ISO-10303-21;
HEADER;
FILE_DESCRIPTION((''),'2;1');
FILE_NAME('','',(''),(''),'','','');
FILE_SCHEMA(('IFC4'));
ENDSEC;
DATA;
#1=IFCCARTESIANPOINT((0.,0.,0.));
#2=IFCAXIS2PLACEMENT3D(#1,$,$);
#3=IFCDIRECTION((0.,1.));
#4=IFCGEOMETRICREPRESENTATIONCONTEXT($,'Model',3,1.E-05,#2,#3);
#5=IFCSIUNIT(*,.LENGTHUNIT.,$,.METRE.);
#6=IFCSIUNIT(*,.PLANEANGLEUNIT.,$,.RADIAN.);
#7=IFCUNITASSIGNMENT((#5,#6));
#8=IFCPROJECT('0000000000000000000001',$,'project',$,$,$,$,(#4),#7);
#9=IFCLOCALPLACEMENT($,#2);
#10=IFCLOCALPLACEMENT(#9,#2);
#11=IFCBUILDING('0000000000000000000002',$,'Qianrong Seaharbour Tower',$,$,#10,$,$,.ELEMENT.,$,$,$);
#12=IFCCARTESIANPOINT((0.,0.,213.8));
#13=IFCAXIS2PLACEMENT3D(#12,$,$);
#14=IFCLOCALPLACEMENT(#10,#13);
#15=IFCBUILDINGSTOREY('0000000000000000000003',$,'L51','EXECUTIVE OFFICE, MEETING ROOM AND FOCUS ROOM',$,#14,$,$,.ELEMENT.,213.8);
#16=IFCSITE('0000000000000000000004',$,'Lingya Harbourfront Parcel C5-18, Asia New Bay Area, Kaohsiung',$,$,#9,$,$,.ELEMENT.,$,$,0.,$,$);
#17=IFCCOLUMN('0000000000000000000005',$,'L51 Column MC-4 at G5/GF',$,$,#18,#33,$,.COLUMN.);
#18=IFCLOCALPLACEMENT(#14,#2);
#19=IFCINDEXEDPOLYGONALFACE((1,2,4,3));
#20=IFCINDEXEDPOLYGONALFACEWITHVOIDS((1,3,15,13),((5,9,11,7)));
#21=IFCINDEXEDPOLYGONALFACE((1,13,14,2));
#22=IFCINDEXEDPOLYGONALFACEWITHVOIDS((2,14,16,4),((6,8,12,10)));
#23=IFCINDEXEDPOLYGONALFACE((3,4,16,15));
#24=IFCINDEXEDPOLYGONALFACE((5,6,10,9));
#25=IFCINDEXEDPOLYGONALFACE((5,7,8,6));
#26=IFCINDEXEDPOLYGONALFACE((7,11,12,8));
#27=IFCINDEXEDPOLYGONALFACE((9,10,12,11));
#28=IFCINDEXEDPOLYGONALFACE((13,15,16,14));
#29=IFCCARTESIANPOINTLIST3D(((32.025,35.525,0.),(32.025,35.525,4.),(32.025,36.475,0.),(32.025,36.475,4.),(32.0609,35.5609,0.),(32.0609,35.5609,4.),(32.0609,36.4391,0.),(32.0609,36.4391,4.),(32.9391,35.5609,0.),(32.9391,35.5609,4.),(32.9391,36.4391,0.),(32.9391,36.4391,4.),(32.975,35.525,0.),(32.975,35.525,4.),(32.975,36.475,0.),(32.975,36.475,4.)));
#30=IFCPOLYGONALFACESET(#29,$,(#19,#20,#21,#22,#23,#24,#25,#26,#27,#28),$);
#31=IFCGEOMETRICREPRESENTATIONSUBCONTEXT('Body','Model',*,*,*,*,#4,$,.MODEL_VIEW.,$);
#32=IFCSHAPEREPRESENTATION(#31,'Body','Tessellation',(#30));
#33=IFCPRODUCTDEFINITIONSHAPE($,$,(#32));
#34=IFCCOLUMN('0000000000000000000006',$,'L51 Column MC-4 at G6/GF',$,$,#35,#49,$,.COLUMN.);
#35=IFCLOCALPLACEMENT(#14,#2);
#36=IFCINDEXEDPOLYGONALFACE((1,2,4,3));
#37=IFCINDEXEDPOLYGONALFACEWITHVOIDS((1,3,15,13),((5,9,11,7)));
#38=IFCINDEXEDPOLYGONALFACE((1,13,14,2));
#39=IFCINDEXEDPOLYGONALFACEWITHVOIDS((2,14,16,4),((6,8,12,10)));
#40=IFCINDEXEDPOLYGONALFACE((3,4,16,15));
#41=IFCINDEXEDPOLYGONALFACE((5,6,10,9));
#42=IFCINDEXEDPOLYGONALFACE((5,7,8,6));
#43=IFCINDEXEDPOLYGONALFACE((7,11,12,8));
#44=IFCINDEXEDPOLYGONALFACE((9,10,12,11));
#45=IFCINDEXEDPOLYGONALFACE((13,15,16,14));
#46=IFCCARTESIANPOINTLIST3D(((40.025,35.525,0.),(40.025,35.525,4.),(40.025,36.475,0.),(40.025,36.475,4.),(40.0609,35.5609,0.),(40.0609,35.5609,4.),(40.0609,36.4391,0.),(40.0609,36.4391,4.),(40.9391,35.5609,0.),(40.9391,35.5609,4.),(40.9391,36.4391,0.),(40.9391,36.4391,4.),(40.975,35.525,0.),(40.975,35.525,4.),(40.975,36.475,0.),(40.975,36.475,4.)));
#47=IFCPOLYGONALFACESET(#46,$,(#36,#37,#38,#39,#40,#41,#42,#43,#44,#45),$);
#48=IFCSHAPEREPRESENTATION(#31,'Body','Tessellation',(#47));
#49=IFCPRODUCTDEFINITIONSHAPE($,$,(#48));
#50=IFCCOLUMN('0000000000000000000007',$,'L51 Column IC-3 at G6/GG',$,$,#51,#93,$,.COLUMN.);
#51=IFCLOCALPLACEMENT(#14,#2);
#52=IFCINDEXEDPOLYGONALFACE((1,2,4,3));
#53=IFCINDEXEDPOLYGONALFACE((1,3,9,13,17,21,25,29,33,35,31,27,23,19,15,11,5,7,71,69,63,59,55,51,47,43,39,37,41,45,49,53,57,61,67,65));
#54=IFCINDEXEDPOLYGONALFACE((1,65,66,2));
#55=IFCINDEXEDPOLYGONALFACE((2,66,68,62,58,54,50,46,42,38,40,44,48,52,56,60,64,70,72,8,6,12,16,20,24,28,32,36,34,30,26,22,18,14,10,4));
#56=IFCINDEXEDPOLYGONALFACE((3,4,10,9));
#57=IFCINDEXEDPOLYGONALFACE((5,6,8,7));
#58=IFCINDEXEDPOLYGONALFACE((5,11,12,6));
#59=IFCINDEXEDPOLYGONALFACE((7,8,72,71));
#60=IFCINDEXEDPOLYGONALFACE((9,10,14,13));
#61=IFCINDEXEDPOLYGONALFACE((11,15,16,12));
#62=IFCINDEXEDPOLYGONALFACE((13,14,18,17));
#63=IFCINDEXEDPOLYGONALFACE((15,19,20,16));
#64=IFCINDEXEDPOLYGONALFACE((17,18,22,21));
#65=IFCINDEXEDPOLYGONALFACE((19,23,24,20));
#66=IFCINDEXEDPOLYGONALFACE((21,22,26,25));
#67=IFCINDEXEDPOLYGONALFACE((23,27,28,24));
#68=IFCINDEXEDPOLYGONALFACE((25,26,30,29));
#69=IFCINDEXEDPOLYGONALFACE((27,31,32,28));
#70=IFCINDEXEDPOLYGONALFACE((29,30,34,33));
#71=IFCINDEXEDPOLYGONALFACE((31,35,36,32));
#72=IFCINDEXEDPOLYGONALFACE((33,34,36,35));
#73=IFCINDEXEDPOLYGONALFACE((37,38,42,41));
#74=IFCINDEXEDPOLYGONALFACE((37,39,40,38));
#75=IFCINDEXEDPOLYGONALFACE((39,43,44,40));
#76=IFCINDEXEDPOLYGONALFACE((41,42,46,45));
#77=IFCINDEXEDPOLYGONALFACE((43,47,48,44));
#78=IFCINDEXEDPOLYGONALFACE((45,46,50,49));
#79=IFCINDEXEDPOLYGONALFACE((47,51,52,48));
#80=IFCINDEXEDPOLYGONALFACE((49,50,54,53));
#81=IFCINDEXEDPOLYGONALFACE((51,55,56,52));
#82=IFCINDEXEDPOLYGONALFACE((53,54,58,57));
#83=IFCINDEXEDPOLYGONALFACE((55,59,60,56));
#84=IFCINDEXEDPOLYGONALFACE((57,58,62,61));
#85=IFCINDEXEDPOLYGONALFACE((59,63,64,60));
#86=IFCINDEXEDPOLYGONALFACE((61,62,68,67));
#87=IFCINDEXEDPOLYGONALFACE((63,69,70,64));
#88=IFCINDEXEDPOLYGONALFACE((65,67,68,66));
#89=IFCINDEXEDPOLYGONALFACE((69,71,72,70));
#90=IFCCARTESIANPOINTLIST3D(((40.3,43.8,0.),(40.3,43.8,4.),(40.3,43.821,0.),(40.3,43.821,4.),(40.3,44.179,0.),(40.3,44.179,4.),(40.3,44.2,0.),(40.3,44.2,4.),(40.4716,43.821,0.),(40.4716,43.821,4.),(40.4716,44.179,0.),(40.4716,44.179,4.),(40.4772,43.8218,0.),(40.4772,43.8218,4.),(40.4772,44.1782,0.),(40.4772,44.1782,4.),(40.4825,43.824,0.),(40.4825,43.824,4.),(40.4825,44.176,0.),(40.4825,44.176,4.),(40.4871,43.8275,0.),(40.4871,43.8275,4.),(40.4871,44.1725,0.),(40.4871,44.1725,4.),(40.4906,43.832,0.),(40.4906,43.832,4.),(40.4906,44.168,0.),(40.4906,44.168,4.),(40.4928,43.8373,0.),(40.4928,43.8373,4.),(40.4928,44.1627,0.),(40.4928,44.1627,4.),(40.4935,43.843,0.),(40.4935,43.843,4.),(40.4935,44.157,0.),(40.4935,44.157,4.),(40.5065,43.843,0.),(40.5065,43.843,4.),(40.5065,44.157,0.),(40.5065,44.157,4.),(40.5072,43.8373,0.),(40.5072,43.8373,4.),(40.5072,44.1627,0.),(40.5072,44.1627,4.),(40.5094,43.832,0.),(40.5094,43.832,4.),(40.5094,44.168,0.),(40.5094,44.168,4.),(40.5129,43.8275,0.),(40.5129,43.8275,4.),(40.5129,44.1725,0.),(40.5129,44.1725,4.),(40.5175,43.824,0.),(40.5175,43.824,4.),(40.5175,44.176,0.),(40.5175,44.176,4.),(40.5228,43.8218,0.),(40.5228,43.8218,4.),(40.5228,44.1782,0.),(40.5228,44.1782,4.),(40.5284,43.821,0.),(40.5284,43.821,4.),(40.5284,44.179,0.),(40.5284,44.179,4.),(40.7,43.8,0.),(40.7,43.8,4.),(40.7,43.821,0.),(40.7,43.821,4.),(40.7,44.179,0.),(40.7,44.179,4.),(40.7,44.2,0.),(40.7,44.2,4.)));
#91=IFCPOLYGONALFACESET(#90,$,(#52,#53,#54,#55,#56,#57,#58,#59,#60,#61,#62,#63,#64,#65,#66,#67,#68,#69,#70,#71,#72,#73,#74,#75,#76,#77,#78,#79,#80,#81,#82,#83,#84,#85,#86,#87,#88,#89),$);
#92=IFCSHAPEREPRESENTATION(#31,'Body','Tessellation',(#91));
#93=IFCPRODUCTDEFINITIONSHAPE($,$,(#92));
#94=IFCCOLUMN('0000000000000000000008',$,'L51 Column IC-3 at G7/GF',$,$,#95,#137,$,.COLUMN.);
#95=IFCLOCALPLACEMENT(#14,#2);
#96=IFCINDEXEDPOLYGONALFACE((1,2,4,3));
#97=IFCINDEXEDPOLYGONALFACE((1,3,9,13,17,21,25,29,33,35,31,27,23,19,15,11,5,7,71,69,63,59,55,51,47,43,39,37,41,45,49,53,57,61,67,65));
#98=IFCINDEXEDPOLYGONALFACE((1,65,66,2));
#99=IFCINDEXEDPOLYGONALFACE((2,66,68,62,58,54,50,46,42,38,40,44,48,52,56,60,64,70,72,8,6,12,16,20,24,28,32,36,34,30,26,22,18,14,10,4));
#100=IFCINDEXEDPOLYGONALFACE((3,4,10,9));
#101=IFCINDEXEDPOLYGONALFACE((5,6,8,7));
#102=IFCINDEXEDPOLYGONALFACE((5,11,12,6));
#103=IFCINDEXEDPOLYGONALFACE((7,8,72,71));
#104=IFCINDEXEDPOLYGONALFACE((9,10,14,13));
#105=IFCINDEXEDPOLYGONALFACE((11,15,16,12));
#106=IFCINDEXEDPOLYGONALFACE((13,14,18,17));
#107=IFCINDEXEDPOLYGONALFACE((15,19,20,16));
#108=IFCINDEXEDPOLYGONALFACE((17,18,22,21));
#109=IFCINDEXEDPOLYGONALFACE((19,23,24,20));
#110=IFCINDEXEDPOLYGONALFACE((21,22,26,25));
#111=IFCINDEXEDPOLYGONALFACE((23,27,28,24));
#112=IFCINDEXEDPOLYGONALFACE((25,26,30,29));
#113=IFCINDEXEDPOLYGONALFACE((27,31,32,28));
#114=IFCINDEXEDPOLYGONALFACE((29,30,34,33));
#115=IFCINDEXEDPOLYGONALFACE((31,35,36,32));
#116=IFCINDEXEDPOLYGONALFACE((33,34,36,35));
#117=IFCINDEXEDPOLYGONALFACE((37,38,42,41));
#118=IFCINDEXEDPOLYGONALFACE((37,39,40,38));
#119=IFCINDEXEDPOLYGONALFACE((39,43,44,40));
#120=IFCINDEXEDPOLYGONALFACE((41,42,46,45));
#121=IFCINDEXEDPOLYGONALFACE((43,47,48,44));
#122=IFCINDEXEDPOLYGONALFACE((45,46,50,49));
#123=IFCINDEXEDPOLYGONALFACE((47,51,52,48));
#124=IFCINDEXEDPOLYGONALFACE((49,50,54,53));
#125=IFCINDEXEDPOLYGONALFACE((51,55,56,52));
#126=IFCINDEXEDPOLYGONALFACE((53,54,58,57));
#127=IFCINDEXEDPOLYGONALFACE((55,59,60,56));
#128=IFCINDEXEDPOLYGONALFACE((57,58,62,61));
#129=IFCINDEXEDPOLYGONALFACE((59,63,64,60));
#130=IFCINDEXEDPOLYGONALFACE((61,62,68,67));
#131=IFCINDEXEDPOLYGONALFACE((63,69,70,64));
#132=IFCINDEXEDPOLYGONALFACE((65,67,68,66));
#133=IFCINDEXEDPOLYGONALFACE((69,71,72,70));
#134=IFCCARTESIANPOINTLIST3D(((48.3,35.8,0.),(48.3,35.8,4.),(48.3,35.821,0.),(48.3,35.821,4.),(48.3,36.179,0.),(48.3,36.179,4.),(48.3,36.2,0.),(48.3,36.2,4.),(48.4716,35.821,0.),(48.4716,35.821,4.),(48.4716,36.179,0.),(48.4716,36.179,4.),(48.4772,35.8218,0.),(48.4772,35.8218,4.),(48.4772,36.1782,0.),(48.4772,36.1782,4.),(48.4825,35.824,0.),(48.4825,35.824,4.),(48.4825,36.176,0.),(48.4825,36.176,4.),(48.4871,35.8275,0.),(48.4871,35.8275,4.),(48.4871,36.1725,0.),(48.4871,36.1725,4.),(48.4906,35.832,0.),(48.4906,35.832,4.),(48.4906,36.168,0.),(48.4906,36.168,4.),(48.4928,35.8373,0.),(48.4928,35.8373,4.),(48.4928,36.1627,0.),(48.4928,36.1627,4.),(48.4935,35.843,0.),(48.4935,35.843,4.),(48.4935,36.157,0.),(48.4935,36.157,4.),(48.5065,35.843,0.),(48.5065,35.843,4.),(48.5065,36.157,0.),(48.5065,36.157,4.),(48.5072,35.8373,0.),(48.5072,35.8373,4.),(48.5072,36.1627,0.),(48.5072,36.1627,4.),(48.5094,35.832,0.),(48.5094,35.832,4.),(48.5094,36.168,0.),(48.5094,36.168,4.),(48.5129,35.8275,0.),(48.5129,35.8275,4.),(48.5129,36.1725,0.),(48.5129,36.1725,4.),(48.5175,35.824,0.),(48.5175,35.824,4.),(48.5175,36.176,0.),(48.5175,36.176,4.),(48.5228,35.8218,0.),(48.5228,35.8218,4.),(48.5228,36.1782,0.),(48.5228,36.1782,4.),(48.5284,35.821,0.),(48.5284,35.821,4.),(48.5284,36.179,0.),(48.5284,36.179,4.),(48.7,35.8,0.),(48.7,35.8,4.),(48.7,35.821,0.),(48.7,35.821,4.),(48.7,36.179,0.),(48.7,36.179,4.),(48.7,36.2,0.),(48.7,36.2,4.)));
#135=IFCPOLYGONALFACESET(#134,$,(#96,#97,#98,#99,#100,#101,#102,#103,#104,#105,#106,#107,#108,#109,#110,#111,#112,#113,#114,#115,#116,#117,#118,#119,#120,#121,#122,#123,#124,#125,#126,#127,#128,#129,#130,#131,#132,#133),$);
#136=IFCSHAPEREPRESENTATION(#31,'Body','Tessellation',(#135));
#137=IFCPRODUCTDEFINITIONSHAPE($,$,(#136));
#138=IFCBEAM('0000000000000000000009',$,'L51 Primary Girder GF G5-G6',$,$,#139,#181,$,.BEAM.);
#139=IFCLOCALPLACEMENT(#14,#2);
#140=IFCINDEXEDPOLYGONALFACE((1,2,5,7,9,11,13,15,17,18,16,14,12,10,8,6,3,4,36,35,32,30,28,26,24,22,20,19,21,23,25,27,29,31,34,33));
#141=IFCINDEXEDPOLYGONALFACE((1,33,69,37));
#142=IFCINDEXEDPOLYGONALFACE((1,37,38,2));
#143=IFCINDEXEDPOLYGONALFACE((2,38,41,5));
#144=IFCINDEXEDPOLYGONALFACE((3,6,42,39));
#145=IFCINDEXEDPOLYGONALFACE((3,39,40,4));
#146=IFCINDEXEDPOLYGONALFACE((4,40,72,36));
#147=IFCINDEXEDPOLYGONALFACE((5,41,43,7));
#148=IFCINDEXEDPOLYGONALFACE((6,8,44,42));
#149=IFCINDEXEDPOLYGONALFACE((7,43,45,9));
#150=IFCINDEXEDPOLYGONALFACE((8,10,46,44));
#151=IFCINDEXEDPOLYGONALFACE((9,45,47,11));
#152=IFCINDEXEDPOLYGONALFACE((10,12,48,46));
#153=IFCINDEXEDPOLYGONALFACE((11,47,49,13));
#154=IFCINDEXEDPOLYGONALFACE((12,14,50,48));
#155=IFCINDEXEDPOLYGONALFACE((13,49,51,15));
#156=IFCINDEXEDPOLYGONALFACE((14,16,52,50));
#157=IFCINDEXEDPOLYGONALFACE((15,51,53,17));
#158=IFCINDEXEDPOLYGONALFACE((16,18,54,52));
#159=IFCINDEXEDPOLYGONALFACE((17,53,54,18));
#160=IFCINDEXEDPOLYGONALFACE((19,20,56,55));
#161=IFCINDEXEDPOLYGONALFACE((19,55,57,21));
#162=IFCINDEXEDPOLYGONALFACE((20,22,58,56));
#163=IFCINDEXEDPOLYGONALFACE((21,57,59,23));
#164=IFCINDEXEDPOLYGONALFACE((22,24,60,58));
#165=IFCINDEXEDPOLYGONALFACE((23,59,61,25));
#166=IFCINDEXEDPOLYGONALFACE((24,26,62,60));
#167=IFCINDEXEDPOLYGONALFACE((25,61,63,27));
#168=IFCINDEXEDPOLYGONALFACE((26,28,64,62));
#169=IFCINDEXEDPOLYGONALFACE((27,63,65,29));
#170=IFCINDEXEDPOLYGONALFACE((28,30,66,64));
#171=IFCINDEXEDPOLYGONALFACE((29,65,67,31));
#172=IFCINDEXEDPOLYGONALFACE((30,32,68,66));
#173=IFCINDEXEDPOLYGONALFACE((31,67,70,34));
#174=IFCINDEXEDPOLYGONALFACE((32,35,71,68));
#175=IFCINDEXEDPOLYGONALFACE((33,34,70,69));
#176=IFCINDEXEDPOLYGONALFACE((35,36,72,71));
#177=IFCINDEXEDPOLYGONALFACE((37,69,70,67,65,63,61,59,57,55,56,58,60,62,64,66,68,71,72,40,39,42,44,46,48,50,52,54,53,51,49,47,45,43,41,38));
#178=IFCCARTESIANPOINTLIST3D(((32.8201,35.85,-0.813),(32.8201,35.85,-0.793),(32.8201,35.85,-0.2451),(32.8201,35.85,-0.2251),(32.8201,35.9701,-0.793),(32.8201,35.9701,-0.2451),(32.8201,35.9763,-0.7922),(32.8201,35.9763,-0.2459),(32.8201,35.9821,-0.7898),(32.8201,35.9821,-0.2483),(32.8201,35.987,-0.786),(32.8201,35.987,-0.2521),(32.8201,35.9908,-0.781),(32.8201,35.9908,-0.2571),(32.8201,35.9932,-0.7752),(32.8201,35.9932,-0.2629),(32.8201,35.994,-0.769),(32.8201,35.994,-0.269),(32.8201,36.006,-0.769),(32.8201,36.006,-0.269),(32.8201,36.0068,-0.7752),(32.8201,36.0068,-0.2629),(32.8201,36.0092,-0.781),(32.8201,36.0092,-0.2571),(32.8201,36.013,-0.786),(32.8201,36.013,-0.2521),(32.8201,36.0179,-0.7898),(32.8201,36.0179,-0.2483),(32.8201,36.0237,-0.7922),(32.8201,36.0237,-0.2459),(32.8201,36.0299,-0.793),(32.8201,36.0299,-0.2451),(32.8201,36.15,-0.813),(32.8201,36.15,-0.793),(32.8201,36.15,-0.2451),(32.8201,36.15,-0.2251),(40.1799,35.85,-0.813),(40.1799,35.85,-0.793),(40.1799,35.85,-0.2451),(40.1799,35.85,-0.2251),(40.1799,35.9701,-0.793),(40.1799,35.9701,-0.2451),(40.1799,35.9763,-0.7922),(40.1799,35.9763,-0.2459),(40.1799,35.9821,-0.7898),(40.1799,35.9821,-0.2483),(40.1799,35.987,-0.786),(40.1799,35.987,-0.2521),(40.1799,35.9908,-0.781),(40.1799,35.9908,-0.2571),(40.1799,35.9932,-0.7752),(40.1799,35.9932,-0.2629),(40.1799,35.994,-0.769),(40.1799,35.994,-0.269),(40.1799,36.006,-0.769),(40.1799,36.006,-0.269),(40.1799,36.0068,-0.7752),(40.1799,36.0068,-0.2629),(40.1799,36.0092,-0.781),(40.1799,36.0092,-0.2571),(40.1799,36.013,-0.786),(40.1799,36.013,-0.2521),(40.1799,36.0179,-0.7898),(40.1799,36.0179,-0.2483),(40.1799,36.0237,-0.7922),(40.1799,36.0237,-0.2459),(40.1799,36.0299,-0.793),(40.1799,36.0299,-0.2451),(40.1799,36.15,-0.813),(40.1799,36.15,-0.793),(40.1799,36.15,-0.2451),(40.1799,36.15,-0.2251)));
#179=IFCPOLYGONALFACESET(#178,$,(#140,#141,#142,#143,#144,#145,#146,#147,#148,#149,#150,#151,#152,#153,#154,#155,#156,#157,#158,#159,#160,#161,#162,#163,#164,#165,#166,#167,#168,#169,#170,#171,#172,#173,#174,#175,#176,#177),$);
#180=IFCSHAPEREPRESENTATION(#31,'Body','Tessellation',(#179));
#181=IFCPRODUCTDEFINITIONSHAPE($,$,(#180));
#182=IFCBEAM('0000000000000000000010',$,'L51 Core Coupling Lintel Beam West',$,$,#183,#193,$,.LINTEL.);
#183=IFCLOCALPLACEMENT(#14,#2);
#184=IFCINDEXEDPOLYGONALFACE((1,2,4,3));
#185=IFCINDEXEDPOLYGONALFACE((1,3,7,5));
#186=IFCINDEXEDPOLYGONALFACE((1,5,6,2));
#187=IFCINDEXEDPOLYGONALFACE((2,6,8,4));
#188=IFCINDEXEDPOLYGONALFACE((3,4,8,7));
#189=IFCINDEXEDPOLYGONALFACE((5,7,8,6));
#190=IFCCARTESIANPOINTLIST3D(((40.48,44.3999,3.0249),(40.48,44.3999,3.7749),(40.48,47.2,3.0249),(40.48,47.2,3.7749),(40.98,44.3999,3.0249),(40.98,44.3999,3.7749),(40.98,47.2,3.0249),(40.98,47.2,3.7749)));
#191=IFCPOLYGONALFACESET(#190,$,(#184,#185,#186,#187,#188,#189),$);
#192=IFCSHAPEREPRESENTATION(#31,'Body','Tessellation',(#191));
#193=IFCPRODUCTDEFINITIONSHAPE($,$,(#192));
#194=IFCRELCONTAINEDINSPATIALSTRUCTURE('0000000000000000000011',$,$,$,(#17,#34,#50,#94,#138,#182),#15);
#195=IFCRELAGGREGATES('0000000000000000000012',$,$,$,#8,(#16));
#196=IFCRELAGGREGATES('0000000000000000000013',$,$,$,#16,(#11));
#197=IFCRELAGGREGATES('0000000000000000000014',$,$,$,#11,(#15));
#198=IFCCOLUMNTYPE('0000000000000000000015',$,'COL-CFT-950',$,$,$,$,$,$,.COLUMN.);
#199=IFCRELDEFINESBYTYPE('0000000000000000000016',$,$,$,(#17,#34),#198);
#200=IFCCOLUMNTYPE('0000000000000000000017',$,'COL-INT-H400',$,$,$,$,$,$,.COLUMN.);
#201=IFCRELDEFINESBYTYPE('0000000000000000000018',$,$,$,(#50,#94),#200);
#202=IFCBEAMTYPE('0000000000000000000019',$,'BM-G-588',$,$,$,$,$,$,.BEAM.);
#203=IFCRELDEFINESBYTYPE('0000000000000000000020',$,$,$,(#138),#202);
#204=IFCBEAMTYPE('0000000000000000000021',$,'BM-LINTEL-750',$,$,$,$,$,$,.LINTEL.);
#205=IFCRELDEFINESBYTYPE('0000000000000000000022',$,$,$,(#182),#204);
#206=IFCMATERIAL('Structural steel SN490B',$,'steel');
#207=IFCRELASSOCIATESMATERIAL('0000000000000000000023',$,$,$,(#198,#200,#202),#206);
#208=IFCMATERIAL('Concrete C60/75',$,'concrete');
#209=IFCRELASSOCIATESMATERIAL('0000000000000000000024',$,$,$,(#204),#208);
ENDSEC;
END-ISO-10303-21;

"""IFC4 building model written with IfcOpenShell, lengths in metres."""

from ifc_helpers import new_model, si_unit, direction, frame, origin, origin_2d, place, context, subcontext, project, spatial, rectangle, hollow_rectangle, i_section, extrude, material, material_profile, profile_set, type_object, element, save


model = new_model("IFC4")

# Units and contexts
model_context = context("Model", 3, precision=1e-05, world=origin(), true_north=direction((0.0, 1.0)))
body_context = subcontext(model_context, "Body", "Model", "MODEL_VIEW")
ifc_project = project(units=[si_unit("LENGTHUNIT", "METRE"), si_unit("PLANEANGLEUNIT", "RADIAN")], contexts=[model_context])

# Site, building, storey
site_placement = place(None, origin())
site = spatial("IfcSite", under=ifc_project, at=site_placement, Name="Lingya Harbourfront Parcel C5-18, Asia New Bay Area, Kaohsiung", CompositionType="ELEMENT", RefElevation=0.0)
building_placement = place(site_placement, origin())
building = spatial("IfcBuilding", under=site, at=building_placement, Name="Qianrong Seaharbour Tower", CompositionType="ELEMENT")
storey_placement = place(building_placement, frame((0.0, 0.0, 213.8)))
storey = spatial("IfcBuildingStorey", under=building, at=storey_placement, Name="L51", Description="EXECUTIVE OFFICE, MEETING ROOM AND FOCUS ROOM", CompositionType="ELEMENT", Elevation=213.8)

# Columns
ifc_material_1 = material(Name="Structural steel SN490B", Category="steel")
ifc_material_profile_1 = material_profile(ifc_material_1, hollow_rectangle(XDim=0.95, YDim=0.95, WallThickness=0.0359, at=origin_2d()), Name="BOX950x950x36")
ifc_profile_set_1 = profile_set([ifc_material_profile_1], Name="Structural steel SN490B")
column_type_1 = type_object("IfcColumnType", Name="COL-CFT-950", PredefinedType="COLUMN", material=ifc_profile_set_1)
for number, where, z_axis, x_axis, name in (
    (1, (32.5, 36.0, 0.0), (0.0, 0.0, 1.0), (1.0, 0.0, 0.0), "L51 Column MC-4 at G5/GF"),
    (2, (40.5, 36.0, 0.0), (0.0, 0.0, 1.0), (1.0, 0.0, 0.0), "L51 Column MC-4 at G6/GF"),
):
    element("IfcColumn", number, at=place(storey_placement, frame(where, z_axis=z_axis, x_axis=x_axis)), inside=storey, type_object=column_type_1, Name=name, PredefinedType="COLUMN", context=body_context, shape_type="SweptSolid", body=[
        extrude(hollow_rectangle(XDim=0.95, YDim=0.95, WallThickness=0.0359, at=origin_2d()), origin(), (0.0, 0.0, 1.0), 4.0),
    ])
ifc_material_profile_2 = material_profile(ifc_material_1, i_section(OverallWidth=0.3999, OverallDepth=0.3999, WebThickness=0.0129, FlangeThickness=0.021, FilletRadius=0.022, at=origin_2d()), Name="H400x400x13x21")
ifc_profile_set_2 = profile_set([ifc_material_profile_2], Name="Structural steel SN490B")
column_type_2 = type_object("IfcColumnType", Name="COL-INT-H400", PredefinedType="COLUMN", material=ifc_profile_set_2)
for number, where, z_axis, x_axis, name in (
    (3, (40.5, 44.0, 0.0), (0.0, 0.0, 1.0), (1.0, 0.0, 0.0), "L51 Column IC-3 at G6/GG"),
    (4, (48.5, 36.0, 0.0), (0.0, 0.0, 1.0), (1.0, 0.0, 0.0), "L51 Column IC-3 at G7/GF"),
):
    element("IfcColumn", number, at=place(storey_placement, frame(where, z_axis=z_axis, x_axis=x_axis)), inside=storey, type_object=column_type_2, Name=name, PredefinedType="COLUMN", context=body_context, shape_type="SweptSolid", body=[
        extrude(i_section(OverallWidth=0.3999, OverallDepth=0.3999, WebThickness=0.0129, FlangeThickness=0.021, FilletRadius=0.022, at=origin_2d()), origin(), (0.0, 0.0, 1.0), 4.0),
    ])

# Beams
ifc_material_profile_3 = material_profile(ifc_material_1, i_section(OverallWidth=0.3, OverallDepth=0.5879, WebThickness=0.012, FlangeThickness=0.02, FilletRadius=0.0239, at=origin_2d()), Name="H588x300x12x20")
ifc_profile_set_3 = profile_set([ifc_material_profile_3], Name="Structural steel SN490B")
beam_type_1 = type_object("IfcBeamType", Name="BM-G-588", PredefinedType="BEAM", material=ifc_profile_set_3)
beam_1_placement = place(storey_placement, frame((32.8201, 36.0, -0.519), z_axis=(1.0, 0.0, 0.0), x_axis=(0.0, 1.0, 0.0)))
element("IfcBeam", 5, at=beam_1_placement, inside=storey, type_object=beam_type_1, Name="L51 Primary Girder GF G5-G6", PredefinedType="BEAM", context=body_context, shape_type="SweptSolid", body=[
    extrude(i_section(OverallWidth=0.3, OverallDepth=0.5879, WebThickness=0.012, FlangeThickness=0.02, FilletRadius=0.0239, at=origin_2d()), origin(), (0.0, 0.0, 1.0), 7.3599),
])
ifc_material_2 = material(Name="Concrete C60/75", Category="concrete")
ifc_material_profile_4 = material_profile(ifc_material_2, rectangle(XDim=0.5, YDim=0.75, at=origin_2d()), Name="RC500x750")
ifc_profile_set_4 = profile_set([ifc_material_profile_4], Name="Concrete C60/75")
beam_type_2 = type_object("IfcBeamType", Name="BM-LINTEL-750", PredefinedType="LINTEL", material=ifc_profile_set_4)
beam_2_placement = place(storey_placement, frame((40.73, 44.3999, 3.3999), z_axis=(0.0, 1.0, 0.0), x_axis=(-1.0, 0.0, 0.0)))
element("IfcBeam", 6, at=beam_2_placement, inside=storey, type_object=beam_type_2, Name="L51 Core Coupling Lintel Beam West", PredefinedType="LINTEL", context=body_context, shape_type="SweptSolid", body=[
    extrude(rectangle(XDim=0.5, YDim=0.75, at=origin_2d()), origin(), (0.0, 0.0, 1.0), 2.8),
])

save(model, "model.ifc")
